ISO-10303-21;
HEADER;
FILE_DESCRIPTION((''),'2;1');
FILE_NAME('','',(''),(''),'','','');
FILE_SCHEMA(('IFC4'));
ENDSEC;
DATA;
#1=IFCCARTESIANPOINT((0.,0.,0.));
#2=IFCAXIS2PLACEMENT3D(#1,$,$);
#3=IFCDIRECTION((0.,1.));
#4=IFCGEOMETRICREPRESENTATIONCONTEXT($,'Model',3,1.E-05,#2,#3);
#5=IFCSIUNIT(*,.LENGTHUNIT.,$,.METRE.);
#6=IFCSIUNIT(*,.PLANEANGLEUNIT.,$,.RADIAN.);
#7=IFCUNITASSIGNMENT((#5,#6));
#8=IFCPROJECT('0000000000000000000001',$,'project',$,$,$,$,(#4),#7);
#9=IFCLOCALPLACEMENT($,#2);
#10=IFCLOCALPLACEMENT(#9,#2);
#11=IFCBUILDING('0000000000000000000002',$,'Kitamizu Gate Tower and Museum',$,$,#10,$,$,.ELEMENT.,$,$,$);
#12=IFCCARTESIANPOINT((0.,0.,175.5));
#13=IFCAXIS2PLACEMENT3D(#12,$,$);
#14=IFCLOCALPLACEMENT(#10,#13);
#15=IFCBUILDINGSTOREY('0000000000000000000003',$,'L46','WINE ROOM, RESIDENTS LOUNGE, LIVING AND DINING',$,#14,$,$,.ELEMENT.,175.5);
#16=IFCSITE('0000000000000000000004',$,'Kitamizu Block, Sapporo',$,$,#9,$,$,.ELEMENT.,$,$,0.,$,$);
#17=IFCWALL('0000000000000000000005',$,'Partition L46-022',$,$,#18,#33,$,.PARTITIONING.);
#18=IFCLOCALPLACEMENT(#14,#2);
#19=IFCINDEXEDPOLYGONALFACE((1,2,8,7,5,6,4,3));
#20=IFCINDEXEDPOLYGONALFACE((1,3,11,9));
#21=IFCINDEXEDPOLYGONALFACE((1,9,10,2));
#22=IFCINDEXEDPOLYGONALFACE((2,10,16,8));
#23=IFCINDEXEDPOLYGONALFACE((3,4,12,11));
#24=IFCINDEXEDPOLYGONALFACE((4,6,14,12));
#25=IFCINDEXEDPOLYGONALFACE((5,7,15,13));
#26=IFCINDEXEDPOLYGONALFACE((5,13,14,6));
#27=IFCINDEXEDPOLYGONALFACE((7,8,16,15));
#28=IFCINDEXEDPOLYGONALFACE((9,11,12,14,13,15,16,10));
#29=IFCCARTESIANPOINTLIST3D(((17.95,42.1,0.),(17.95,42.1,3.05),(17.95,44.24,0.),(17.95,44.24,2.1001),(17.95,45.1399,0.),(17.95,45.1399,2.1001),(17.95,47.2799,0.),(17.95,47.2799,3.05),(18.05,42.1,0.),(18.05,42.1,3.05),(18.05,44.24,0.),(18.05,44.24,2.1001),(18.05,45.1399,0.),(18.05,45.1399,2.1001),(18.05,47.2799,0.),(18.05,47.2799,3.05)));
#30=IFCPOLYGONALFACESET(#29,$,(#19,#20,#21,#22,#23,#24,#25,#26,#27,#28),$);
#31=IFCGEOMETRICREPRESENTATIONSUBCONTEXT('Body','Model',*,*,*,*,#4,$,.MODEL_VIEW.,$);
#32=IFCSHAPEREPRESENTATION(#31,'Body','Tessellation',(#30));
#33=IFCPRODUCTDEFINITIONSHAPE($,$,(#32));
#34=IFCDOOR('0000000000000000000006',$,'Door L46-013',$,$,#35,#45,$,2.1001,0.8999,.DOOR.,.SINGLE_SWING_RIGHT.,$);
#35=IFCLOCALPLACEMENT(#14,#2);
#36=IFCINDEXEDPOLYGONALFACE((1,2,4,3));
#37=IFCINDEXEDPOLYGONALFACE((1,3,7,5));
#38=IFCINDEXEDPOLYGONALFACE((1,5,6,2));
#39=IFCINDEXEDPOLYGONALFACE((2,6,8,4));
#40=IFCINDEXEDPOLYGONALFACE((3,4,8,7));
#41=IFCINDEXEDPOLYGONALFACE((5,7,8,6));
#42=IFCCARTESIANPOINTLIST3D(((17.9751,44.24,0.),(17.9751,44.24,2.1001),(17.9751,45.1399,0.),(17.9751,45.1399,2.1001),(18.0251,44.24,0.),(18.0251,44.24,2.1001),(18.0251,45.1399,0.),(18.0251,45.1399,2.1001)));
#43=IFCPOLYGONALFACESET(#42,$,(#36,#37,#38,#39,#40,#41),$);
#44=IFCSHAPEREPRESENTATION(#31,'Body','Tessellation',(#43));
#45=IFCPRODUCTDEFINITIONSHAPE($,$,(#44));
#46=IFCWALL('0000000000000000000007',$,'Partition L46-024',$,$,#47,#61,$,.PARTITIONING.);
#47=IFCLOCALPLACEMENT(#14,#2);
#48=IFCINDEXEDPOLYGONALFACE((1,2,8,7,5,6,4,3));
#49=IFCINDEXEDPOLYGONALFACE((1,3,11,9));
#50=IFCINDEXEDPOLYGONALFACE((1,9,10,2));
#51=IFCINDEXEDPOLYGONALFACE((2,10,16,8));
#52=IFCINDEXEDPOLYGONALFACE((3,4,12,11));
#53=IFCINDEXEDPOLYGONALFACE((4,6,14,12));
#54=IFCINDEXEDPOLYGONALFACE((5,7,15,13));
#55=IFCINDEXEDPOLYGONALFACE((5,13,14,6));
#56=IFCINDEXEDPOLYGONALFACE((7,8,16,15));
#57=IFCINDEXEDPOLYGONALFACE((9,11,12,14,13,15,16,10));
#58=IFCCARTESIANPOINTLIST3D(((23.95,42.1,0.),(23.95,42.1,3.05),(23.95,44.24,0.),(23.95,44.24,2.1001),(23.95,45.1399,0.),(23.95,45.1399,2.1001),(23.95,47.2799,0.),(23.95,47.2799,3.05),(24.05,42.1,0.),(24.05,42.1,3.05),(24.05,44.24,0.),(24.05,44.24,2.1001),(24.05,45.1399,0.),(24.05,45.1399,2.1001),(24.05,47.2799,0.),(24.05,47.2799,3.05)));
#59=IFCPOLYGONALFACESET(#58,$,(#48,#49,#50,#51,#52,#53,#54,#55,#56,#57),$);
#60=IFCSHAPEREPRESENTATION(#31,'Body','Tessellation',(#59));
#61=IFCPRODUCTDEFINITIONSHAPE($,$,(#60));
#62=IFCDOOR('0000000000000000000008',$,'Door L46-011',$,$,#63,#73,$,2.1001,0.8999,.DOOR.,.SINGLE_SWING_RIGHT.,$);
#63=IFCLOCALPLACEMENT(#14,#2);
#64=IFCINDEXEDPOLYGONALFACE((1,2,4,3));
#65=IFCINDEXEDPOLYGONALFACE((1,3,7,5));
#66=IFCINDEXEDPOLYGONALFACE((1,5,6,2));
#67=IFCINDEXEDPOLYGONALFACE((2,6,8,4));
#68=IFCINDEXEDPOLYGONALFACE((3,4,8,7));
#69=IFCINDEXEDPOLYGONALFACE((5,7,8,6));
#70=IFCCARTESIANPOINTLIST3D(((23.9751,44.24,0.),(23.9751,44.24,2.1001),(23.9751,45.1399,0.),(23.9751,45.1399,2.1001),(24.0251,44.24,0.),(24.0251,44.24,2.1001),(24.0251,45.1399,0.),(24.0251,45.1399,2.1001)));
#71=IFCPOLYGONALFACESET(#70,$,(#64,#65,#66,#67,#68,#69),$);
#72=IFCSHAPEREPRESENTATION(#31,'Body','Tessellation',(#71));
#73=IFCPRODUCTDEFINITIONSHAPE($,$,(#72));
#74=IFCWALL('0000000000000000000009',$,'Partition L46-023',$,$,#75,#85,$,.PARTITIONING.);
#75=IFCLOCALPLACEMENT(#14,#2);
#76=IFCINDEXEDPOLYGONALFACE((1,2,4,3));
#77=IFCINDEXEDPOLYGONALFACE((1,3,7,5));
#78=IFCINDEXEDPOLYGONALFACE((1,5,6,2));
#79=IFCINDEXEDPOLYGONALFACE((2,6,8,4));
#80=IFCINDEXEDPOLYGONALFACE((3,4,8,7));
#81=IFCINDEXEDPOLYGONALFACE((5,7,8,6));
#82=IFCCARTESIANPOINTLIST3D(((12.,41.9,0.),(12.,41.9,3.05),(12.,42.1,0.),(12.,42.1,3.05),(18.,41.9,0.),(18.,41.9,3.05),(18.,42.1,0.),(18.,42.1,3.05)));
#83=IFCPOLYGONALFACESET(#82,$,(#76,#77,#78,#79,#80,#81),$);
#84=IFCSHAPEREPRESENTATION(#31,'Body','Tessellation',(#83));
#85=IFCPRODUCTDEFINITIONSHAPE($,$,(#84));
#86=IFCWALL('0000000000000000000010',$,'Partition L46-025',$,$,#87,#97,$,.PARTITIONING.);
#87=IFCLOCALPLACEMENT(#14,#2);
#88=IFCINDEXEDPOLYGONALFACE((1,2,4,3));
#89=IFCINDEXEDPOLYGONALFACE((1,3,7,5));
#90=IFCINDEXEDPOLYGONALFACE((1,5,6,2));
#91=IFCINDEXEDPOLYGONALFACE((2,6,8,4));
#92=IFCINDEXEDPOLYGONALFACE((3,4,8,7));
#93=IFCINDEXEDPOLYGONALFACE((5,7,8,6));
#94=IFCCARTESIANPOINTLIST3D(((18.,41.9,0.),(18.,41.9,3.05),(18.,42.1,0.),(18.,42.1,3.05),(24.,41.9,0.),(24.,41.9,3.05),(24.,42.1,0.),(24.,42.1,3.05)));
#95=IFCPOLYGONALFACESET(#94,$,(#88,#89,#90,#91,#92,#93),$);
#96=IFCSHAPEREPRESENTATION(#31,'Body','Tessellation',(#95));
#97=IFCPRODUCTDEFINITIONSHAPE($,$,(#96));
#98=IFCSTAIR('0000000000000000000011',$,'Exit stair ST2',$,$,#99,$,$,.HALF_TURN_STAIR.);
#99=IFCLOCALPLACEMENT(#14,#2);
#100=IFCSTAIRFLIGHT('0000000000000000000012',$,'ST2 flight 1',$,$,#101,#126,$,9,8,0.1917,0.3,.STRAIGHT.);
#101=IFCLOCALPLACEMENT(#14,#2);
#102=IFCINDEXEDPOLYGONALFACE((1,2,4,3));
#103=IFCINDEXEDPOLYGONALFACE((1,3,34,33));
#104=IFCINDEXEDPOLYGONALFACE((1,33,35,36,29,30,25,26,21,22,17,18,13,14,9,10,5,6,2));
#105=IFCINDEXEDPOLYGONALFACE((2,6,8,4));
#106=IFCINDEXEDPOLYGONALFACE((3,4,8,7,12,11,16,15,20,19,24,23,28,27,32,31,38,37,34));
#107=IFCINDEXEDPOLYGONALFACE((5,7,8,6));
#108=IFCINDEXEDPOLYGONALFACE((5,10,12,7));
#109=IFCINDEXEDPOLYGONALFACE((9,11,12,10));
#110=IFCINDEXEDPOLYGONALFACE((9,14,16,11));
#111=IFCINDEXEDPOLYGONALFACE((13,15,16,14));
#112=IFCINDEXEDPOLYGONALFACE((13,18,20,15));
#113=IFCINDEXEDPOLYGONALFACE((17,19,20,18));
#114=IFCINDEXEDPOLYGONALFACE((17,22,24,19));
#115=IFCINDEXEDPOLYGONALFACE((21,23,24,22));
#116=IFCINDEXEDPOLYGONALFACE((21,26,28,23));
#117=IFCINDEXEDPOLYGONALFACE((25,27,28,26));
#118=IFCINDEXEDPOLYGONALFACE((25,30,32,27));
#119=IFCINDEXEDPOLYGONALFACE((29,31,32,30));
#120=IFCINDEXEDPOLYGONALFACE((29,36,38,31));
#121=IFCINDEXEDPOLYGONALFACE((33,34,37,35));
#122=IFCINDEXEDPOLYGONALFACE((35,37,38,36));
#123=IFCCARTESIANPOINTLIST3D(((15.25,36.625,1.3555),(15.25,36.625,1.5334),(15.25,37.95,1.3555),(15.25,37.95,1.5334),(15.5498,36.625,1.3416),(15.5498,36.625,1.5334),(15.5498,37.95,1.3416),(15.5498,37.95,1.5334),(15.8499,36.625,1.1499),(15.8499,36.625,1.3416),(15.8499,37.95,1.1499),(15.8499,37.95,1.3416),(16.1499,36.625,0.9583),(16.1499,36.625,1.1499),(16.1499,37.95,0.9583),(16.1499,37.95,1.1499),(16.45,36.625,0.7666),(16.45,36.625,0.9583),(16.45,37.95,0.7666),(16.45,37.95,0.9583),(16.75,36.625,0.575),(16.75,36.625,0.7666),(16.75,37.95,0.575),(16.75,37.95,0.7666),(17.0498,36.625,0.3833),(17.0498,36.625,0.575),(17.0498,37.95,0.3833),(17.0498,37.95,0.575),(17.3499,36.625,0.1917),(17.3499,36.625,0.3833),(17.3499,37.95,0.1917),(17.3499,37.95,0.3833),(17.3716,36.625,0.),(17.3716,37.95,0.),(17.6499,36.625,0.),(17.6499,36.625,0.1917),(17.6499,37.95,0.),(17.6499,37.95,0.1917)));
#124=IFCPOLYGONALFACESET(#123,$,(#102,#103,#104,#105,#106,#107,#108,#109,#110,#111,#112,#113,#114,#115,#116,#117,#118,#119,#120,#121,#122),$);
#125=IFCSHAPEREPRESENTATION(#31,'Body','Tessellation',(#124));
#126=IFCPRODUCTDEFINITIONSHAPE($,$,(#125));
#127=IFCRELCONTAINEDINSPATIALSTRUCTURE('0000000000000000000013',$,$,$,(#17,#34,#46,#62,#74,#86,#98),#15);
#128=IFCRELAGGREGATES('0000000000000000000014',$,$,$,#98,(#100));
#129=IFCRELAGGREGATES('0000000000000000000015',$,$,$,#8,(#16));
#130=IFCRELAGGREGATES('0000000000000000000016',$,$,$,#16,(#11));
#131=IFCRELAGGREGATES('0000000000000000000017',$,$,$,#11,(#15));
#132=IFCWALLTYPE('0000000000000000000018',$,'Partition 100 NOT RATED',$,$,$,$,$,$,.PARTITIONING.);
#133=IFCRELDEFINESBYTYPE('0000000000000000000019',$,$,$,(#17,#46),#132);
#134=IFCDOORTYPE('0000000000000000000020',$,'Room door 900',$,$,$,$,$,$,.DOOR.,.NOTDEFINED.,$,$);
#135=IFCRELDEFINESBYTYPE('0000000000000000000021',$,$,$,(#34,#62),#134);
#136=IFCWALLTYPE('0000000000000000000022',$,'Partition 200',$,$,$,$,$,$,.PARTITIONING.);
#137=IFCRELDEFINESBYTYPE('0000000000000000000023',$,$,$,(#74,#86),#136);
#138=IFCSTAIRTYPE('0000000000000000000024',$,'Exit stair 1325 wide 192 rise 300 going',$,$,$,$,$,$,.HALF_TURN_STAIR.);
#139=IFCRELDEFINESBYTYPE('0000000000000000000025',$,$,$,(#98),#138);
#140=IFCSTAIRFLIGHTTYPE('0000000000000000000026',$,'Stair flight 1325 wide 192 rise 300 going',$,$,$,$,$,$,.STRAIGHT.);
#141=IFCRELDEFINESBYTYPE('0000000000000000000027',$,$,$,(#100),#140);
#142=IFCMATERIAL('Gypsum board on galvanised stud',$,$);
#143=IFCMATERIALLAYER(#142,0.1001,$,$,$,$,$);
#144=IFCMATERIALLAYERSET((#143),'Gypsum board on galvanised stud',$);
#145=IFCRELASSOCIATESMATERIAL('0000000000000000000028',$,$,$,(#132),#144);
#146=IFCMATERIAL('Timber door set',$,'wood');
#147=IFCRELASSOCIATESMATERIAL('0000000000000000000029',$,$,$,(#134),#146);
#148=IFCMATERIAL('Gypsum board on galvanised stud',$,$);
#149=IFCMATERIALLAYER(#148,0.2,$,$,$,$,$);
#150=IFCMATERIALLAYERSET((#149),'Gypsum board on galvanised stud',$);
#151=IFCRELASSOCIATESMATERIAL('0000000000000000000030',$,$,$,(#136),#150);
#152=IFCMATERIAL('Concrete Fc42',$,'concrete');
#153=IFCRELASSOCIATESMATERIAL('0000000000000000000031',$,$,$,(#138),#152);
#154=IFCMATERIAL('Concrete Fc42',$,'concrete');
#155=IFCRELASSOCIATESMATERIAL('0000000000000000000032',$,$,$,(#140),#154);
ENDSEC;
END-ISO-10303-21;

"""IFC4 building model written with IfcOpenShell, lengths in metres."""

from ifc_helpers import new_model, si_unit, direction, frame, frame_2d, origin, place, context, subcontext, project, spatial, polyline, rectangle, outline, extrude, material, layer, layer_set, type_object, element, fill, aggregate, save


model = new_model("IFC4")

# Units and contexts
model_context = context("Model", 3, precision=1e-05, world=origin(), true_north=direction((0.0, 1.0)))
body_context = subcontext(model_context, "Body", "Model", "MODEL_VIEW")
ifc_project = project(units=[si_unit("LENGTHUNIT", "METRE"), si_unit("PLANEANGLEUNIT", "RADIAN")], contexts=[model_context])

# Site, building, storey
site_placement = place(None, origin())
site = spatial("IfcSite", under=ifc_project, at=site_placement, Name="Kitamizu Block, Sapporo", CompositionType="ELEMENT", RefElevation=0.0)
building_placement = place(site_placement, origin())
building = spatial("IfcBuilding", under=site, at=building_placement, Name="Kitamizu Gate Tower and Museum", CompositionType="ELEMENT")
storey_placement = place(building_placement, frame((0.0, 0.0, 175.5)))
storey = spatial("IfcBuildingStorey", under=building, at=storey_placement, Name="L46", Description="WINE ROOM, RESIDENTS LOUNGE, LIVING AND DINING", CompositionType="ELEMENT", Elevation=175.5)

# Walls, openings, doors
ifc_material_1 = material(Name="Gypsum board on galvanised stud")
ifc_layer_1 = layer(ifc_material_1, 0.1001)
ifc_layer_set_1 = layer_set([ifc_layer_1], Name="Gypsum board on galvanised stud")
wall_type_1 = type_object("IfcWallType", Name="Partition 100 NOT RATED", PredefinedType="PARTITIONING", material=ifc_layer_set_1)
ifc_material_2 = material(Name="Timber door set", Category="wood")
door_type_1 = type_object("IfcDoorType", Name="Room door 900", OperationType="NOTDEFINED", PredefinedType="DOOR", material=ifc_material_2)
wall_1_placement = place(storey_placement, frame((18.0, 42.1001, 0.0), z_axis=(0.0, 0.0, 1.0), x_axis=(0.0, 1.0, 0.0)))
wall_1 = element("IfcWall", 1, at=wall_1_placement, inside=storey, type_object=wall_type_1, Name="Partition L46-022", PredefinedType="PARTITIONING", context=body_context, shape_type="SweptSolid", body=[
    extrude(rectangle(XDim=5.1799, YDim=0.1001, at=frame_2d((2.5898, 0.0))), origin(), (0.0, 0.0, 1.0), 3.05),
])
opening_1_placement = place(wall_1_placement, frame((2.1399, 0.0, 0.0)))
opening_1 = element("IfcOpeningElement", 2, at=opening_1_placement, cuts=wall_1, PredefinedType="OPENING", context=body_context, shape_type="SweptSolid", body=[
    extrude(rectangle(XDim=0.8999, YDim=2.1001, at=frame_2d((0.45, 1.05))), frame((0.0, 0.0601, 0.0), z_axis=(0.0, -1.0, 0.0), x_axis=(1.0, 0.0, 0.0)), (0.0, 0.0, 1.0), 0.1201),
])
door_1_placement = place(opening_1_placement, origin())
door_1 = element("IfcDoor", 3, at=door_1_placement, inside=storey, type_object=door_type_1, Name="Door L46-013", OperationType="SINGLE_SWING_RIGHT", OverallHeight=2.1001, OverallWidth=0.8999, PredefinedType="DOOR", context=body_context, shape_type="SweptSolid", body=[
    extrude(rectangle(XDim=0.8999, YDim=2.1001, at=frame_2d((0.45, 1.05))), frame((0.0, 0.0249, 0.0), z_axis=(0.0, -1.0, 0.0), x_axis=(1.0, 0.0, 0.0)), (0.0, 0.0, 1.0), 0.05),
])
fill(opening_1, door_1)
wall_2_placement = place(storey_placement, frame((24.0, 42.1001, 0.0), z_axis=(0.0, 0.0, 1.0), x_axis=(0.0, 1.0, 0.0)))
wall_2 = element("IfcWall", 4, at=wall_2_placement, inside=storey, type_object=wall_type_1, Name="Partition L46-024", PredefinedType="PARTITIONING", context=body_context, shape_type="SweptSolid", body=[
    extrude(rectangle(XDim=5.1799, YDim=0.1001, at=frame_2d((2.5898, 0.0))), origin(), (0.0, 0.0, 1.0), 3.05),
])
opening_2_placement = place(wall_2_placement, frame((2.1399, 0.0, 0.0)))
opening_2 = element("IfcOpeningElement", 5, at=opening_2_placement, cuts=wall_2, PredefinedType="OPENING", context=body_context, shape_type="SweptSolid", body=[
    extrude(rectangle(XDim=0.8999, YDim=2.1001, at=frame_2d((0.45, 1.05))), frame((0.0, 0.0601, 0.0), z_axis=(0.0, -1.0, 0.0), x_axis=(1.0, 0.0, 0.0)), (0.0, 0.0, 1.0), 0.1201),
])
door_2_placement = place(opening_2_placement, origin())
door_2 = element("IfcDoor", 6, at=door_2_placement, inside=storey, type_object=door_type_1, Name="Door L46-011", OperationType="SINGLE_SWING_RIGHT", OverallHeight=2.1001, OverallWidth=0.8999, PredefinedType="DOOR", context=body_context, shape_type="SweptSolid", body=[
    extrude(rectangle(XDim=0.8999, YDim=2.1001, at=frame_2d((0.45, 1.05))), frame((0.0, 0.0249, 0.0), z_axis=(0.0, -1.0, 0.0), x_axis=(1.0, 0.0, 0.0)), (0.0, 0.0, 1.0), 0.05),
])
fill(opening_2, door_2)

# Walls
ifc_material_3 = material(Name="Gypsum board on galvanised stud")
ifc_layer_2 = layer(ifc_material_3, 0.2)
ifc_layer_set_2 = layer_set([ifc_layer_2], Name="Gypsum board on galvanised stud")
wall_type_2 = type_object("IfcWallType", Name="Partition 200", PredefinedType="PARTITIONING", material=ifc_layer_set_2)
for number, where, z_axis, x_axis, name in (
    (7, (12.0, 42.0, 0.0), (0.0, 0.0, 1.0), (1.0, 0.0, 0.0), "Partition L46-023"),
    (8, (18.0, 42.0, 0.0), (0.0, 0.0, 1.0), (1.0, 0.0, 0.0), "Partition L46-025"),
):
    element("IfcWall", number, at=place(storey_placement, frame(where, z_axis=z_axis, x_axis=x_axis)), inside=storey, type_object=wall_type_2, Name=name, PredefinedType="PARTITIONING", context=body_context, shape_type="SweptSolid", body=[
        extrude(rectangle(XDim=6.0, YDim=0.2, at=frame_2d((3.0, 0.0))), origin(), (0.0, 0.0, 1.0), 3.05),
    ])

# Stair, stair flight
ifc_material_4 = material(Name="Concrete Fc42", Category="concrete")
stair_type = type_object("IfcStairType", Name="Exit stair 1325 wide 192 rise 300 going", PredefinedType="HALF_TURN_STAIR", material=ifc_material_4)
stair_placement = place(storey_placement, origin())
stair = element("IfcStair", 9, at=stair_placement, inside=storey, type_object=stair_type, Name="Exit stair ST2", PredefinedType="HALF_TURN_STAIR")
ifc_material_5 = material(Name="Concrete Fc42", Category="concrete")
stair_flight_type = type_object("IfcStairFlightType", Name="Stair flight 1325 wide 192 rise 300 going", PredefinedType="STRAIGHT", material=ifc_material_5)
stair_flight_placement = place(storey_placement, frame((17.6499, 37.2876, 0.0), z_axis=(0.0, 0.0, 1.0), x_axis=(-1.0, 0.0, 0.0)))
stair_flight = element("IfcStairFlight", 10, at=stair_flight_placement, type_object=stair_flight_type, Name="ST2 flight 1", NumberOfRisers=9, NumberOfTreads=8, PredefinedType="STRAIGHT", RiserHeight=0.1917, TreadLength=0.3, context=body_context, shape_type="SweptSolid", body=[
    extrude(outline(polyline([(0.0, 0.0), (0.0, 0.1917), (0.3, 0.1917), (0.3, 0.3833), (0.6001, 0.3833), (0.6001, 0.575), (0.8999, 0.575), (0.8999, 0.7666), (1.2, 0.7666), (1.2, 0.9583), (1.5, 0.9583), (1.5, 1.1499), (1.8, 1.1499), (1.8, 1.3416), (2.1001, 1.3416), (2.1001, 1.5334), (2.3999, 1.5334), (2.3999, 1.7251), (2.3999, 1.3555), (0.2783, 0.0), (0.0, 0.0)])), frame((0.0, 0.6626, 0.0), z_axis=(0.0, -1.0, 0.0), x_axis=(1.0, 0.0, 0.0)), (0.0, 0.0, 1.0), 1.325),
])
aggregate(stair, [stair_flight])

save(model, "model.ifc")
